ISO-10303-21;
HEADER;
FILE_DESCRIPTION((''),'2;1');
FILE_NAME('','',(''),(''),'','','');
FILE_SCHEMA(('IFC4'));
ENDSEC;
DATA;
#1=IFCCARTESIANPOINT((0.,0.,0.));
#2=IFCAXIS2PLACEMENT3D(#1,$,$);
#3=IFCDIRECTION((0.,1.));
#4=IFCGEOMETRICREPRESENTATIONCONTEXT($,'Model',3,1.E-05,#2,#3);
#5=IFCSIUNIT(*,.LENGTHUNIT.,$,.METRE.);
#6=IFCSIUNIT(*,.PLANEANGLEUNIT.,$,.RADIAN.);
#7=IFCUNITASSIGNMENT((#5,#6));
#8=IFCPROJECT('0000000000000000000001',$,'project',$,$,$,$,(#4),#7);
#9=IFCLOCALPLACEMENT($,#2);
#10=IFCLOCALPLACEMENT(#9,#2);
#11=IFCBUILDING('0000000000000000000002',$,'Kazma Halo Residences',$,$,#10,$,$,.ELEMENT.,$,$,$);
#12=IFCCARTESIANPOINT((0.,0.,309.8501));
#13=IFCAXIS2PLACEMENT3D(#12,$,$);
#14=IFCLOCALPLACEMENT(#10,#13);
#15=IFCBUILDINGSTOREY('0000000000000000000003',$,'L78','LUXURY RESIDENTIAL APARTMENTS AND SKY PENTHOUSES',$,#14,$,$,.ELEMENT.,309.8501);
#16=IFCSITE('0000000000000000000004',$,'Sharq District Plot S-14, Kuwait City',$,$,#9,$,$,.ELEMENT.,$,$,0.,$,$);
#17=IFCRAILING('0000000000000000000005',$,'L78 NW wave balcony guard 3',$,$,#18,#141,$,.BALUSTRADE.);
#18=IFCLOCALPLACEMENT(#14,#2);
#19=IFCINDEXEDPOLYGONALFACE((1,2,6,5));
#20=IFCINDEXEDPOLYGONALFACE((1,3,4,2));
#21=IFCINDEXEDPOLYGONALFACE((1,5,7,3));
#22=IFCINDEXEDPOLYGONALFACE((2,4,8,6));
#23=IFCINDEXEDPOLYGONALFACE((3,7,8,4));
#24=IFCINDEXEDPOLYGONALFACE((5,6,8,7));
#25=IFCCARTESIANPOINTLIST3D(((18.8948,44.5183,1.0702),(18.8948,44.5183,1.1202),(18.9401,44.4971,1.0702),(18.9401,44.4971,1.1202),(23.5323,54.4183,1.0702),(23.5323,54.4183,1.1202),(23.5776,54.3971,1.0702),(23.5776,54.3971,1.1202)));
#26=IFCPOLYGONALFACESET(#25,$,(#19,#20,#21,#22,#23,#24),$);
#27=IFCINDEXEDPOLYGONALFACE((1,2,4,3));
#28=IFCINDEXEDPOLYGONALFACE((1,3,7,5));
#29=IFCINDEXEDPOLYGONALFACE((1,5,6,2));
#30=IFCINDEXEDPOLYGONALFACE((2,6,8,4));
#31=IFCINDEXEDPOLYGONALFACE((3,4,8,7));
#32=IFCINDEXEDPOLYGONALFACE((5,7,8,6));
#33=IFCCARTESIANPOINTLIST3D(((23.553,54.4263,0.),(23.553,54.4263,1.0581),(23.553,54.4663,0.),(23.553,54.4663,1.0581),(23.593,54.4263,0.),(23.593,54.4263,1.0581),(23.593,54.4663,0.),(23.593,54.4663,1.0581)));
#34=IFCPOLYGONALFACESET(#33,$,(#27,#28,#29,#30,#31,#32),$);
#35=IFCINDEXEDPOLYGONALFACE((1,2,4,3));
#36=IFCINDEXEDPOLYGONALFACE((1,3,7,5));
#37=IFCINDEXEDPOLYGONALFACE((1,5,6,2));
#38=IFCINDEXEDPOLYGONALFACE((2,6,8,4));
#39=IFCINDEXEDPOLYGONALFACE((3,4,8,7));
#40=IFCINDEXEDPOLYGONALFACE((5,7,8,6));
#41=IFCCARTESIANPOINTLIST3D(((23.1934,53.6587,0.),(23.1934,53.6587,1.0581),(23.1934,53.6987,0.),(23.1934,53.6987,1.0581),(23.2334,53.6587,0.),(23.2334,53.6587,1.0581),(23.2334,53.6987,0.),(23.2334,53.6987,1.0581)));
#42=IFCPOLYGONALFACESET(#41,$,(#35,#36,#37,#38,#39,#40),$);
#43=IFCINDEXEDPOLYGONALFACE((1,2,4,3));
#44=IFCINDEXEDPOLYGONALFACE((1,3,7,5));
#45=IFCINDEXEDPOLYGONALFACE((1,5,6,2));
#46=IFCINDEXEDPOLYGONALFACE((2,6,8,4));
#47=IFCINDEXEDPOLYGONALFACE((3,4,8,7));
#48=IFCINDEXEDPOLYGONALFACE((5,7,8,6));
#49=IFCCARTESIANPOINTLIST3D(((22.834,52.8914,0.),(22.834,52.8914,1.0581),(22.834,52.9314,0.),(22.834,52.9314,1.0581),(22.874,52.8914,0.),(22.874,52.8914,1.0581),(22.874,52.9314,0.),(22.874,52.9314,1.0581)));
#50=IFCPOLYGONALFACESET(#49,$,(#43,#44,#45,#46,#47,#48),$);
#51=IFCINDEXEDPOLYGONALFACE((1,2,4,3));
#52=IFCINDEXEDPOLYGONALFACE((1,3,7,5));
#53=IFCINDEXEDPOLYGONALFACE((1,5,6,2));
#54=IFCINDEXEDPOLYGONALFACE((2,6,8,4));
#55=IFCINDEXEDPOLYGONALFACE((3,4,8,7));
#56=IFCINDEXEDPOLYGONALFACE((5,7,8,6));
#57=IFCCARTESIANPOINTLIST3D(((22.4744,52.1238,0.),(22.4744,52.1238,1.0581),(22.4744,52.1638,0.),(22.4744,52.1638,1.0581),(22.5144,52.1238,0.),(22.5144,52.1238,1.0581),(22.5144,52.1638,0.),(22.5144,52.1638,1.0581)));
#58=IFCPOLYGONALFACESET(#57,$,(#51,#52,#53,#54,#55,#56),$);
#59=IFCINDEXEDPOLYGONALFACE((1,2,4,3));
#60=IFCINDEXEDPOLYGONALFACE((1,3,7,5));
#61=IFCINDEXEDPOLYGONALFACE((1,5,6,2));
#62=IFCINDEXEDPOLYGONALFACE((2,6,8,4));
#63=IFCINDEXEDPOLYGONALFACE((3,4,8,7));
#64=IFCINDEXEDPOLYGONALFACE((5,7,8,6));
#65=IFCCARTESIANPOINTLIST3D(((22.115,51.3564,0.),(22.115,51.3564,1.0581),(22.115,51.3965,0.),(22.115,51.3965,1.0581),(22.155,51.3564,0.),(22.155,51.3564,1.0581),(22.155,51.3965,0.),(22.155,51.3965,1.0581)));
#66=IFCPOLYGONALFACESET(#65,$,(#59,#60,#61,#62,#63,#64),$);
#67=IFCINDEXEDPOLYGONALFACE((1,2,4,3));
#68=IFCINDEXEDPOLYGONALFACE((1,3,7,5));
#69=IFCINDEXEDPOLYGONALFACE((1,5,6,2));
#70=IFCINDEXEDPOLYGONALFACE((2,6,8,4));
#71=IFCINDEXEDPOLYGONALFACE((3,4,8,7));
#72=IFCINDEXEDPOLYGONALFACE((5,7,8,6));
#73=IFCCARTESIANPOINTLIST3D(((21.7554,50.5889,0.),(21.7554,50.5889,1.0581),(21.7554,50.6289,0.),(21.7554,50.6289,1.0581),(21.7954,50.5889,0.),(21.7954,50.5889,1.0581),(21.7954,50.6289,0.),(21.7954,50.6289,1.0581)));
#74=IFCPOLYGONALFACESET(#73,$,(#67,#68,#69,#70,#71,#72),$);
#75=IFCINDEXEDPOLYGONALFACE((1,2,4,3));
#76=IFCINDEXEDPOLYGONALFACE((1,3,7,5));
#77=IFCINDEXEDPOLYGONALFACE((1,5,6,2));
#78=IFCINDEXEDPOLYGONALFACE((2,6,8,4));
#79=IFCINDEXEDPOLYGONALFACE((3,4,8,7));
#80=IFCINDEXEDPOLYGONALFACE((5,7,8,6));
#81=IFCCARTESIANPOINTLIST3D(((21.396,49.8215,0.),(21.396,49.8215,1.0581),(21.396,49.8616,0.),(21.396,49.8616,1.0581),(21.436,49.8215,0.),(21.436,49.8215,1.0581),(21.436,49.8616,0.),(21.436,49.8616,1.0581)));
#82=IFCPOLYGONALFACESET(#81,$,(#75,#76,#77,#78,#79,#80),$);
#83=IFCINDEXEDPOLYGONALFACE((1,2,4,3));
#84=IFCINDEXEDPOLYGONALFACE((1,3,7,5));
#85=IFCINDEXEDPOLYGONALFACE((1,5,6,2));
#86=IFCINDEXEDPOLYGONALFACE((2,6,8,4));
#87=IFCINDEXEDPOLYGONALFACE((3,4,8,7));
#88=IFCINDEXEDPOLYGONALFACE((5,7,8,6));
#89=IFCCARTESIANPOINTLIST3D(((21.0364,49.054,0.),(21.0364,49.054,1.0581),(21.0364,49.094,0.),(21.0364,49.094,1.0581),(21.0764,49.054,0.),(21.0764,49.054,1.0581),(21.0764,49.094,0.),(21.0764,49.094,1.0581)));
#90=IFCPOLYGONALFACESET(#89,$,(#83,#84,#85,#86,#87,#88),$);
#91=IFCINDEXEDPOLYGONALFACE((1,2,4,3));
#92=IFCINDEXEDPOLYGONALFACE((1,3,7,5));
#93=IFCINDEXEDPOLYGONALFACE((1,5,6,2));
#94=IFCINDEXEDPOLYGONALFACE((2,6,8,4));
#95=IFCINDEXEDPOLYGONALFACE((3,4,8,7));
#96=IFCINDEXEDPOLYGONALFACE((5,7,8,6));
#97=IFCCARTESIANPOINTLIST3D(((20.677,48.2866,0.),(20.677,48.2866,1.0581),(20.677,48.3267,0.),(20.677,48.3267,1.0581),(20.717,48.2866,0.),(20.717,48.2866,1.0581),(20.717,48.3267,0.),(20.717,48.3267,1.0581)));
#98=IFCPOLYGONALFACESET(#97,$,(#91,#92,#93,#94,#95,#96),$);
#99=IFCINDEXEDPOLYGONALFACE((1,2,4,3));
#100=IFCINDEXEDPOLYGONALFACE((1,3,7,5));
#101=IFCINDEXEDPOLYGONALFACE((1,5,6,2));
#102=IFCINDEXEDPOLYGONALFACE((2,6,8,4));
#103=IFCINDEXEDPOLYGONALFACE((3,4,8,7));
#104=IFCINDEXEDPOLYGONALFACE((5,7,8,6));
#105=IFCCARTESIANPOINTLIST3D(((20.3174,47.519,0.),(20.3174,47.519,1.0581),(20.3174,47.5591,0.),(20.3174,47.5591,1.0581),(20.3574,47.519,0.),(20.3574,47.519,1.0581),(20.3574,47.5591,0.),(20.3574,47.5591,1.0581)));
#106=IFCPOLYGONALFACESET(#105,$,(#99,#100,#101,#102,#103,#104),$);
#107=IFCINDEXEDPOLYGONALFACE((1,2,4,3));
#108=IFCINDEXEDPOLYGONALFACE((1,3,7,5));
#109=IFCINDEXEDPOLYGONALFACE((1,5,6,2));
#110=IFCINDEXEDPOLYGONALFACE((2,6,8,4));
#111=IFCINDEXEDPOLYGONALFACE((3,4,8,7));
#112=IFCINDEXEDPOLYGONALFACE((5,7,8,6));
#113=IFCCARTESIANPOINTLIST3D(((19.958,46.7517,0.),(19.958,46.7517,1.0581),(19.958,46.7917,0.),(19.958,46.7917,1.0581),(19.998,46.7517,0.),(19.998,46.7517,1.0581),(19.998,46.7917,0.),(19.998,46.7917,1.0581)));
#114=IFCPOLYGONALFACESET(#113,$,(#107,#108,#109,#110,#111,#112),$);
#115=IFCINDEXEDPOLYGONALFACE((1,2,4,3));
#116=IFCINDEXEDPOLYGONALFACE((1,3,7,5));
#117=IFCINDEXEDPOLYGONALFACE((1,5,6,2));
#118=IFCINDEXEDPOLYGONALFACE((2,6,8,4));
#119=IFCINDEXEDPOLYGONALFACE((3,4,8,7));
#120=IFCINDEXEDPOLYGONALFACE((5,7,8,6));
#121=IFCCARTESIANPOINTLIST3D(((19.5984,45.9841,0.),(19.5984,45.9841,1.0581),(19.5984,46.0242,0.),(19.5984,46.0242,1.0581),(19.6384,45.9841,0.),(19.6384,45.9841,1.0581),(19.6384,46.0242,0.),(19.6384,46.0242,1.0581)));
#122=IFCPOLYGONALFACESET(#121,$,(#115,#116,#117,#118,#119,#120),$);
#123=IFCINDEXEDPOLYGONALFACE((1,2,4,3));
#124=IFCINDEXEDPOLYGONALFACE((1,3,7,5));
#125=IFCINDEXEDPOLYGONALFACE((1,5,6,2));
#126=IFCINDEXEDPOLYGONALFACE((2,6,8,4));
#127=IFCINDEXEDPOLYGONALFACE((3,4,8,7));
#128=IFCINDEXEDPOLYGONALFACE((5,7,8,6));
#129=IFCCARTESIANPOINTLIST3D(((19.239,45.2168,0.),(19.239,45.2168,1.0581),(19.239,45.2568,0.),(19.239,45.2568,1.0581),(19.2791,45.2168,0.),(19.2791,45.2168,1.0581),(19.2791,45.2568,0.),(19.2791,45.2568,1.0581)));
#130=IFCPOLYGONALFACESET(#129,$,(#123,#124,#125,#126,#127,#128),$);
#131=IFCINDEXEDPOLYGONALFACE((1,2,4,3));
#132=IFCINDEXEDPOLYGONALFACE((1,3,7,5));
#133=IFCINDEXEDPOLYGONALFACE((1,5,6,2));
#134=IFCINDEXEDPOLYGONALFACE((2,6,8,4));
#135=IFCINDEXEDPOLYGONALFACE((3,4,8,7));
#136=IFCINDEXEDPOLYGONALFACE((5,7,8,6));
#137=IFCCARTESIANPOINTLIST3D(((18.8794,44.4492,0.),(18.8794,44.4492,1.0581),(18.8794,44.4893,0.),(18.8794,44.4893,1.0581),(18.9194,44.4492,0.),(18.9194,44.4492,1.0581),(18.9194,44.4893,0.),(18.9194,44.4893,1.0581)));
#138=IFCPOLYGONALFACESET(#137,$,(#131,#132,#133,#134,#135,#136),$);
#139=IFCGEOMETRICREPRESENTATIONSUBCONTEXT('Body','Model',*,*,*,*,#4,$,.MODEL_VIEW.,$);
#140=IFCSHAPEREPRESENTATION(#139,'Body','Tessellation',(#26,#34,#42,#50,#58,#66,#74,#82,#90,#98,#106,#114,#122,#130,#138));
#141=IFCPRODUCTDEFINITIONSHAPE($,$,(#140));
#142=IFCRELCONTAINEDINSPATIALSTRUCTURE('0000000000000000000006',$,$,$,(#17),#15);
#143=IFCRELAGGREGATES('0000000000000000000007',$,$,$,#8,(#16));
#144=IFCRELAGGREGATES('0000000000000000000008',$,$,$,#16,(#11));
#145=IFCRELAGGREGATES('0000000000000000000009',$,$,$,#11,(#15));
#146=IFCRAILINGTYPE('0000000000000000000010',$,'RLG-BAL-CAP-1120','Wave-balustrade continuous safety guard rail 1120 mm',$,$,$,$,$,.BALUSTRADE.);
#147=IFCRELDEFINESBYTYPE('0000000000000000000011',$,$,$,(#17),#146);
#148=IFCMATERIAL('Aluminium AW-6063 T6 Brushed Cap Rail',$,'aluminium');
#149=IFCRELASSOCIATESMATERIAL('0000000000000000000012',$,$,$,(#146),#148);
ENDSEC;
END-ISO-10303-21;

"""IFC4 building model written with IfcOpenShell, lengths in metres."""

from ifc_helpers import new_model, si_unit, direction, frame, origin, origin_2d, place, context, subcontext, project, spatial, rectangle, extrude, material, type_object, element, save


model = new_model("IFC4")

# Units and contexts
model_context = context("Model", 3, precision=1e-05, world=origin(), true_north=direction((0.0, 1.0)))
body_context = subcontext(model_context, "Body", "Model", "MODEL_VIEW")
ifc_project = project(units=[si_unit("LENGTHUNIT", "METRE"), si_unit("PLANEANGLEUNIT", "RADIAN")], contexts=[model_context])

# Site, building, storey
site_placement = place(None, origin())
site = spatial("IfcSite", under=ifc_project, at=site_placement, Name="Sharq District Plot S-14, Kuwait City", CompositionType="ELEMENT", RefElevation=0.0)
building_placement = place(site_placement, origin())
building = spatial("IfcBuilding", under=site, at=building_placement, Name="Kazma Halo Residences", CompositionType="ELEMENT")
storey_placement = place(building_placement, frame((0.0, 0.0, 309.8501)))
storey = spatial("IfcBuildingStorey", under=building, at=storey_placement, Name="L78", Description="LUXURY RESIDENTIAL APARTMENTS AND SKY PENTHOUSES", CompositionType="ELEMENT", Elevation=309.8501)

# Railing
ifc_material_1 = material(Name="Aluminium AW-6063 T6 Brushed Cap Rail", Category="aluminium")
railing_type = type_object("IfcRailingType", Name="RLG-BAL-CAP-1120", Description="Wave-balustrade continuous safety guard rail 1120 mm", PredefinedType="BALUSTRADE", material=ifc_material_1)
railing_1_placement = place(storey_placement, frame((23.573, 54.4463, 0.0)))
element("IfcRailing", 1, at=railing_1_placement, inside=storey, type_object=railing_type, Name="L78 NW wave balcony guard 3", PredefinedType="BALUSTRADE", context=body_context, shape_type="SweptSolid", body=[
    extrude(rectangle(XDim=0.05, YDim=0.05, at=origin_2d()), frame((-0.0181, -0.0386, 1.0952), z_axis=(-0.424199, -0.905569, 0.0), x_axis=(0.905569, -0.424199, 0.0)), (0.0, 0.0, 1.0), 10.9324),
    extrude(rectangle(XDim=0.04, YDim=0.04, at=origin_2d()), origin(), (0.0, 0.0, 1.0), 1.0581),
    extrude(rectangle(XDim=0.04, YDim=0.04, at=origin_2d()), frame((-0.3596, -0.7676, 0.0)), (0.0, 0.0, 1.0), 1.0581),
    extrude(rectangle(XDim=0.04, YDim=0.04, at=origin_2d()), frame((-0.719, -1.5349, 0.0)), (0.0, 0.0, 1.0), 1.0581),
    extrude(rectangle(XDim=0.04, YDim=0.04, at=origin_2d()), frame((-1.0786, -2.3025, 0.0)), (0.0, 0.0, 1.0), 1.0581),
    extrude(rectangle(XDim=0.04, YDim=0.04, at=origin_2d()), frame((-1.438, -3.0698, 0.0)), (0.0, 0.0, 1.0), 1.0581),
    extrude(rectangle(XDim=0.04, YDim=0.04, at=origin_2d()), frame((-1.7976, -3.8374, 0.0)), (0.0, 0.0, 1.0), 1.0581),
    extrude(rectangle(XDim=0.04, YDim=0.04, at=origin_2d()), frame((-2.157, -4.6047, 0.0)), (0.0, 0.0, 1.0), 1.0581),
    extrude(rectangle(XDim=0.04, YDim=0.04, at=origin_2d()), frame((-2.5166, -5.3723, 0.0)), (0.0, 0.0, 1.0), 1.0581),
    extrude(rectangle(XDim=0.04, YDim=0.04, at=origin_2d()), frame((-2.876, -6.1396, 0.0)), (0.0, 0.0, 1.0), 1.0581),
    extrude(rectangle(XDim=0.04, YDim=0.04, at=origin_2d()), frame((-3.2356, -6.9072, 0.0)), (0.0, 0.0, 1.0), 1.0581),
    extrude(rectangle(XDim=0.04, YDim=0.04, at=origin_2d()), frame((-3.595, -7.6746, 0.0)), (0.0, 0.0, 1.0), 1.0581),
    extrude(rectangle(XDim=0.04, YDim=0.04, at=origin_2d()), frame((-3.9546, -8.4421, 0.0)), (0.0, 0.0, 1.0), 1.0581),
    extrude(rectangle(XDim=0.04, YDim=0.04, at=origin_2d()), frame((-4.314, -9.2095, 0.0)), (0.0, 0.0, 1.0), 1.0581),
    extrude(rectangle(XDim=0.04, YDim=0.04, at=origin_2d()), frame((-4.6736, -9.9771, 0.0)), (0.0, 0.0, 1.0), 1.0581),
])

save(model, "model.ifc")
